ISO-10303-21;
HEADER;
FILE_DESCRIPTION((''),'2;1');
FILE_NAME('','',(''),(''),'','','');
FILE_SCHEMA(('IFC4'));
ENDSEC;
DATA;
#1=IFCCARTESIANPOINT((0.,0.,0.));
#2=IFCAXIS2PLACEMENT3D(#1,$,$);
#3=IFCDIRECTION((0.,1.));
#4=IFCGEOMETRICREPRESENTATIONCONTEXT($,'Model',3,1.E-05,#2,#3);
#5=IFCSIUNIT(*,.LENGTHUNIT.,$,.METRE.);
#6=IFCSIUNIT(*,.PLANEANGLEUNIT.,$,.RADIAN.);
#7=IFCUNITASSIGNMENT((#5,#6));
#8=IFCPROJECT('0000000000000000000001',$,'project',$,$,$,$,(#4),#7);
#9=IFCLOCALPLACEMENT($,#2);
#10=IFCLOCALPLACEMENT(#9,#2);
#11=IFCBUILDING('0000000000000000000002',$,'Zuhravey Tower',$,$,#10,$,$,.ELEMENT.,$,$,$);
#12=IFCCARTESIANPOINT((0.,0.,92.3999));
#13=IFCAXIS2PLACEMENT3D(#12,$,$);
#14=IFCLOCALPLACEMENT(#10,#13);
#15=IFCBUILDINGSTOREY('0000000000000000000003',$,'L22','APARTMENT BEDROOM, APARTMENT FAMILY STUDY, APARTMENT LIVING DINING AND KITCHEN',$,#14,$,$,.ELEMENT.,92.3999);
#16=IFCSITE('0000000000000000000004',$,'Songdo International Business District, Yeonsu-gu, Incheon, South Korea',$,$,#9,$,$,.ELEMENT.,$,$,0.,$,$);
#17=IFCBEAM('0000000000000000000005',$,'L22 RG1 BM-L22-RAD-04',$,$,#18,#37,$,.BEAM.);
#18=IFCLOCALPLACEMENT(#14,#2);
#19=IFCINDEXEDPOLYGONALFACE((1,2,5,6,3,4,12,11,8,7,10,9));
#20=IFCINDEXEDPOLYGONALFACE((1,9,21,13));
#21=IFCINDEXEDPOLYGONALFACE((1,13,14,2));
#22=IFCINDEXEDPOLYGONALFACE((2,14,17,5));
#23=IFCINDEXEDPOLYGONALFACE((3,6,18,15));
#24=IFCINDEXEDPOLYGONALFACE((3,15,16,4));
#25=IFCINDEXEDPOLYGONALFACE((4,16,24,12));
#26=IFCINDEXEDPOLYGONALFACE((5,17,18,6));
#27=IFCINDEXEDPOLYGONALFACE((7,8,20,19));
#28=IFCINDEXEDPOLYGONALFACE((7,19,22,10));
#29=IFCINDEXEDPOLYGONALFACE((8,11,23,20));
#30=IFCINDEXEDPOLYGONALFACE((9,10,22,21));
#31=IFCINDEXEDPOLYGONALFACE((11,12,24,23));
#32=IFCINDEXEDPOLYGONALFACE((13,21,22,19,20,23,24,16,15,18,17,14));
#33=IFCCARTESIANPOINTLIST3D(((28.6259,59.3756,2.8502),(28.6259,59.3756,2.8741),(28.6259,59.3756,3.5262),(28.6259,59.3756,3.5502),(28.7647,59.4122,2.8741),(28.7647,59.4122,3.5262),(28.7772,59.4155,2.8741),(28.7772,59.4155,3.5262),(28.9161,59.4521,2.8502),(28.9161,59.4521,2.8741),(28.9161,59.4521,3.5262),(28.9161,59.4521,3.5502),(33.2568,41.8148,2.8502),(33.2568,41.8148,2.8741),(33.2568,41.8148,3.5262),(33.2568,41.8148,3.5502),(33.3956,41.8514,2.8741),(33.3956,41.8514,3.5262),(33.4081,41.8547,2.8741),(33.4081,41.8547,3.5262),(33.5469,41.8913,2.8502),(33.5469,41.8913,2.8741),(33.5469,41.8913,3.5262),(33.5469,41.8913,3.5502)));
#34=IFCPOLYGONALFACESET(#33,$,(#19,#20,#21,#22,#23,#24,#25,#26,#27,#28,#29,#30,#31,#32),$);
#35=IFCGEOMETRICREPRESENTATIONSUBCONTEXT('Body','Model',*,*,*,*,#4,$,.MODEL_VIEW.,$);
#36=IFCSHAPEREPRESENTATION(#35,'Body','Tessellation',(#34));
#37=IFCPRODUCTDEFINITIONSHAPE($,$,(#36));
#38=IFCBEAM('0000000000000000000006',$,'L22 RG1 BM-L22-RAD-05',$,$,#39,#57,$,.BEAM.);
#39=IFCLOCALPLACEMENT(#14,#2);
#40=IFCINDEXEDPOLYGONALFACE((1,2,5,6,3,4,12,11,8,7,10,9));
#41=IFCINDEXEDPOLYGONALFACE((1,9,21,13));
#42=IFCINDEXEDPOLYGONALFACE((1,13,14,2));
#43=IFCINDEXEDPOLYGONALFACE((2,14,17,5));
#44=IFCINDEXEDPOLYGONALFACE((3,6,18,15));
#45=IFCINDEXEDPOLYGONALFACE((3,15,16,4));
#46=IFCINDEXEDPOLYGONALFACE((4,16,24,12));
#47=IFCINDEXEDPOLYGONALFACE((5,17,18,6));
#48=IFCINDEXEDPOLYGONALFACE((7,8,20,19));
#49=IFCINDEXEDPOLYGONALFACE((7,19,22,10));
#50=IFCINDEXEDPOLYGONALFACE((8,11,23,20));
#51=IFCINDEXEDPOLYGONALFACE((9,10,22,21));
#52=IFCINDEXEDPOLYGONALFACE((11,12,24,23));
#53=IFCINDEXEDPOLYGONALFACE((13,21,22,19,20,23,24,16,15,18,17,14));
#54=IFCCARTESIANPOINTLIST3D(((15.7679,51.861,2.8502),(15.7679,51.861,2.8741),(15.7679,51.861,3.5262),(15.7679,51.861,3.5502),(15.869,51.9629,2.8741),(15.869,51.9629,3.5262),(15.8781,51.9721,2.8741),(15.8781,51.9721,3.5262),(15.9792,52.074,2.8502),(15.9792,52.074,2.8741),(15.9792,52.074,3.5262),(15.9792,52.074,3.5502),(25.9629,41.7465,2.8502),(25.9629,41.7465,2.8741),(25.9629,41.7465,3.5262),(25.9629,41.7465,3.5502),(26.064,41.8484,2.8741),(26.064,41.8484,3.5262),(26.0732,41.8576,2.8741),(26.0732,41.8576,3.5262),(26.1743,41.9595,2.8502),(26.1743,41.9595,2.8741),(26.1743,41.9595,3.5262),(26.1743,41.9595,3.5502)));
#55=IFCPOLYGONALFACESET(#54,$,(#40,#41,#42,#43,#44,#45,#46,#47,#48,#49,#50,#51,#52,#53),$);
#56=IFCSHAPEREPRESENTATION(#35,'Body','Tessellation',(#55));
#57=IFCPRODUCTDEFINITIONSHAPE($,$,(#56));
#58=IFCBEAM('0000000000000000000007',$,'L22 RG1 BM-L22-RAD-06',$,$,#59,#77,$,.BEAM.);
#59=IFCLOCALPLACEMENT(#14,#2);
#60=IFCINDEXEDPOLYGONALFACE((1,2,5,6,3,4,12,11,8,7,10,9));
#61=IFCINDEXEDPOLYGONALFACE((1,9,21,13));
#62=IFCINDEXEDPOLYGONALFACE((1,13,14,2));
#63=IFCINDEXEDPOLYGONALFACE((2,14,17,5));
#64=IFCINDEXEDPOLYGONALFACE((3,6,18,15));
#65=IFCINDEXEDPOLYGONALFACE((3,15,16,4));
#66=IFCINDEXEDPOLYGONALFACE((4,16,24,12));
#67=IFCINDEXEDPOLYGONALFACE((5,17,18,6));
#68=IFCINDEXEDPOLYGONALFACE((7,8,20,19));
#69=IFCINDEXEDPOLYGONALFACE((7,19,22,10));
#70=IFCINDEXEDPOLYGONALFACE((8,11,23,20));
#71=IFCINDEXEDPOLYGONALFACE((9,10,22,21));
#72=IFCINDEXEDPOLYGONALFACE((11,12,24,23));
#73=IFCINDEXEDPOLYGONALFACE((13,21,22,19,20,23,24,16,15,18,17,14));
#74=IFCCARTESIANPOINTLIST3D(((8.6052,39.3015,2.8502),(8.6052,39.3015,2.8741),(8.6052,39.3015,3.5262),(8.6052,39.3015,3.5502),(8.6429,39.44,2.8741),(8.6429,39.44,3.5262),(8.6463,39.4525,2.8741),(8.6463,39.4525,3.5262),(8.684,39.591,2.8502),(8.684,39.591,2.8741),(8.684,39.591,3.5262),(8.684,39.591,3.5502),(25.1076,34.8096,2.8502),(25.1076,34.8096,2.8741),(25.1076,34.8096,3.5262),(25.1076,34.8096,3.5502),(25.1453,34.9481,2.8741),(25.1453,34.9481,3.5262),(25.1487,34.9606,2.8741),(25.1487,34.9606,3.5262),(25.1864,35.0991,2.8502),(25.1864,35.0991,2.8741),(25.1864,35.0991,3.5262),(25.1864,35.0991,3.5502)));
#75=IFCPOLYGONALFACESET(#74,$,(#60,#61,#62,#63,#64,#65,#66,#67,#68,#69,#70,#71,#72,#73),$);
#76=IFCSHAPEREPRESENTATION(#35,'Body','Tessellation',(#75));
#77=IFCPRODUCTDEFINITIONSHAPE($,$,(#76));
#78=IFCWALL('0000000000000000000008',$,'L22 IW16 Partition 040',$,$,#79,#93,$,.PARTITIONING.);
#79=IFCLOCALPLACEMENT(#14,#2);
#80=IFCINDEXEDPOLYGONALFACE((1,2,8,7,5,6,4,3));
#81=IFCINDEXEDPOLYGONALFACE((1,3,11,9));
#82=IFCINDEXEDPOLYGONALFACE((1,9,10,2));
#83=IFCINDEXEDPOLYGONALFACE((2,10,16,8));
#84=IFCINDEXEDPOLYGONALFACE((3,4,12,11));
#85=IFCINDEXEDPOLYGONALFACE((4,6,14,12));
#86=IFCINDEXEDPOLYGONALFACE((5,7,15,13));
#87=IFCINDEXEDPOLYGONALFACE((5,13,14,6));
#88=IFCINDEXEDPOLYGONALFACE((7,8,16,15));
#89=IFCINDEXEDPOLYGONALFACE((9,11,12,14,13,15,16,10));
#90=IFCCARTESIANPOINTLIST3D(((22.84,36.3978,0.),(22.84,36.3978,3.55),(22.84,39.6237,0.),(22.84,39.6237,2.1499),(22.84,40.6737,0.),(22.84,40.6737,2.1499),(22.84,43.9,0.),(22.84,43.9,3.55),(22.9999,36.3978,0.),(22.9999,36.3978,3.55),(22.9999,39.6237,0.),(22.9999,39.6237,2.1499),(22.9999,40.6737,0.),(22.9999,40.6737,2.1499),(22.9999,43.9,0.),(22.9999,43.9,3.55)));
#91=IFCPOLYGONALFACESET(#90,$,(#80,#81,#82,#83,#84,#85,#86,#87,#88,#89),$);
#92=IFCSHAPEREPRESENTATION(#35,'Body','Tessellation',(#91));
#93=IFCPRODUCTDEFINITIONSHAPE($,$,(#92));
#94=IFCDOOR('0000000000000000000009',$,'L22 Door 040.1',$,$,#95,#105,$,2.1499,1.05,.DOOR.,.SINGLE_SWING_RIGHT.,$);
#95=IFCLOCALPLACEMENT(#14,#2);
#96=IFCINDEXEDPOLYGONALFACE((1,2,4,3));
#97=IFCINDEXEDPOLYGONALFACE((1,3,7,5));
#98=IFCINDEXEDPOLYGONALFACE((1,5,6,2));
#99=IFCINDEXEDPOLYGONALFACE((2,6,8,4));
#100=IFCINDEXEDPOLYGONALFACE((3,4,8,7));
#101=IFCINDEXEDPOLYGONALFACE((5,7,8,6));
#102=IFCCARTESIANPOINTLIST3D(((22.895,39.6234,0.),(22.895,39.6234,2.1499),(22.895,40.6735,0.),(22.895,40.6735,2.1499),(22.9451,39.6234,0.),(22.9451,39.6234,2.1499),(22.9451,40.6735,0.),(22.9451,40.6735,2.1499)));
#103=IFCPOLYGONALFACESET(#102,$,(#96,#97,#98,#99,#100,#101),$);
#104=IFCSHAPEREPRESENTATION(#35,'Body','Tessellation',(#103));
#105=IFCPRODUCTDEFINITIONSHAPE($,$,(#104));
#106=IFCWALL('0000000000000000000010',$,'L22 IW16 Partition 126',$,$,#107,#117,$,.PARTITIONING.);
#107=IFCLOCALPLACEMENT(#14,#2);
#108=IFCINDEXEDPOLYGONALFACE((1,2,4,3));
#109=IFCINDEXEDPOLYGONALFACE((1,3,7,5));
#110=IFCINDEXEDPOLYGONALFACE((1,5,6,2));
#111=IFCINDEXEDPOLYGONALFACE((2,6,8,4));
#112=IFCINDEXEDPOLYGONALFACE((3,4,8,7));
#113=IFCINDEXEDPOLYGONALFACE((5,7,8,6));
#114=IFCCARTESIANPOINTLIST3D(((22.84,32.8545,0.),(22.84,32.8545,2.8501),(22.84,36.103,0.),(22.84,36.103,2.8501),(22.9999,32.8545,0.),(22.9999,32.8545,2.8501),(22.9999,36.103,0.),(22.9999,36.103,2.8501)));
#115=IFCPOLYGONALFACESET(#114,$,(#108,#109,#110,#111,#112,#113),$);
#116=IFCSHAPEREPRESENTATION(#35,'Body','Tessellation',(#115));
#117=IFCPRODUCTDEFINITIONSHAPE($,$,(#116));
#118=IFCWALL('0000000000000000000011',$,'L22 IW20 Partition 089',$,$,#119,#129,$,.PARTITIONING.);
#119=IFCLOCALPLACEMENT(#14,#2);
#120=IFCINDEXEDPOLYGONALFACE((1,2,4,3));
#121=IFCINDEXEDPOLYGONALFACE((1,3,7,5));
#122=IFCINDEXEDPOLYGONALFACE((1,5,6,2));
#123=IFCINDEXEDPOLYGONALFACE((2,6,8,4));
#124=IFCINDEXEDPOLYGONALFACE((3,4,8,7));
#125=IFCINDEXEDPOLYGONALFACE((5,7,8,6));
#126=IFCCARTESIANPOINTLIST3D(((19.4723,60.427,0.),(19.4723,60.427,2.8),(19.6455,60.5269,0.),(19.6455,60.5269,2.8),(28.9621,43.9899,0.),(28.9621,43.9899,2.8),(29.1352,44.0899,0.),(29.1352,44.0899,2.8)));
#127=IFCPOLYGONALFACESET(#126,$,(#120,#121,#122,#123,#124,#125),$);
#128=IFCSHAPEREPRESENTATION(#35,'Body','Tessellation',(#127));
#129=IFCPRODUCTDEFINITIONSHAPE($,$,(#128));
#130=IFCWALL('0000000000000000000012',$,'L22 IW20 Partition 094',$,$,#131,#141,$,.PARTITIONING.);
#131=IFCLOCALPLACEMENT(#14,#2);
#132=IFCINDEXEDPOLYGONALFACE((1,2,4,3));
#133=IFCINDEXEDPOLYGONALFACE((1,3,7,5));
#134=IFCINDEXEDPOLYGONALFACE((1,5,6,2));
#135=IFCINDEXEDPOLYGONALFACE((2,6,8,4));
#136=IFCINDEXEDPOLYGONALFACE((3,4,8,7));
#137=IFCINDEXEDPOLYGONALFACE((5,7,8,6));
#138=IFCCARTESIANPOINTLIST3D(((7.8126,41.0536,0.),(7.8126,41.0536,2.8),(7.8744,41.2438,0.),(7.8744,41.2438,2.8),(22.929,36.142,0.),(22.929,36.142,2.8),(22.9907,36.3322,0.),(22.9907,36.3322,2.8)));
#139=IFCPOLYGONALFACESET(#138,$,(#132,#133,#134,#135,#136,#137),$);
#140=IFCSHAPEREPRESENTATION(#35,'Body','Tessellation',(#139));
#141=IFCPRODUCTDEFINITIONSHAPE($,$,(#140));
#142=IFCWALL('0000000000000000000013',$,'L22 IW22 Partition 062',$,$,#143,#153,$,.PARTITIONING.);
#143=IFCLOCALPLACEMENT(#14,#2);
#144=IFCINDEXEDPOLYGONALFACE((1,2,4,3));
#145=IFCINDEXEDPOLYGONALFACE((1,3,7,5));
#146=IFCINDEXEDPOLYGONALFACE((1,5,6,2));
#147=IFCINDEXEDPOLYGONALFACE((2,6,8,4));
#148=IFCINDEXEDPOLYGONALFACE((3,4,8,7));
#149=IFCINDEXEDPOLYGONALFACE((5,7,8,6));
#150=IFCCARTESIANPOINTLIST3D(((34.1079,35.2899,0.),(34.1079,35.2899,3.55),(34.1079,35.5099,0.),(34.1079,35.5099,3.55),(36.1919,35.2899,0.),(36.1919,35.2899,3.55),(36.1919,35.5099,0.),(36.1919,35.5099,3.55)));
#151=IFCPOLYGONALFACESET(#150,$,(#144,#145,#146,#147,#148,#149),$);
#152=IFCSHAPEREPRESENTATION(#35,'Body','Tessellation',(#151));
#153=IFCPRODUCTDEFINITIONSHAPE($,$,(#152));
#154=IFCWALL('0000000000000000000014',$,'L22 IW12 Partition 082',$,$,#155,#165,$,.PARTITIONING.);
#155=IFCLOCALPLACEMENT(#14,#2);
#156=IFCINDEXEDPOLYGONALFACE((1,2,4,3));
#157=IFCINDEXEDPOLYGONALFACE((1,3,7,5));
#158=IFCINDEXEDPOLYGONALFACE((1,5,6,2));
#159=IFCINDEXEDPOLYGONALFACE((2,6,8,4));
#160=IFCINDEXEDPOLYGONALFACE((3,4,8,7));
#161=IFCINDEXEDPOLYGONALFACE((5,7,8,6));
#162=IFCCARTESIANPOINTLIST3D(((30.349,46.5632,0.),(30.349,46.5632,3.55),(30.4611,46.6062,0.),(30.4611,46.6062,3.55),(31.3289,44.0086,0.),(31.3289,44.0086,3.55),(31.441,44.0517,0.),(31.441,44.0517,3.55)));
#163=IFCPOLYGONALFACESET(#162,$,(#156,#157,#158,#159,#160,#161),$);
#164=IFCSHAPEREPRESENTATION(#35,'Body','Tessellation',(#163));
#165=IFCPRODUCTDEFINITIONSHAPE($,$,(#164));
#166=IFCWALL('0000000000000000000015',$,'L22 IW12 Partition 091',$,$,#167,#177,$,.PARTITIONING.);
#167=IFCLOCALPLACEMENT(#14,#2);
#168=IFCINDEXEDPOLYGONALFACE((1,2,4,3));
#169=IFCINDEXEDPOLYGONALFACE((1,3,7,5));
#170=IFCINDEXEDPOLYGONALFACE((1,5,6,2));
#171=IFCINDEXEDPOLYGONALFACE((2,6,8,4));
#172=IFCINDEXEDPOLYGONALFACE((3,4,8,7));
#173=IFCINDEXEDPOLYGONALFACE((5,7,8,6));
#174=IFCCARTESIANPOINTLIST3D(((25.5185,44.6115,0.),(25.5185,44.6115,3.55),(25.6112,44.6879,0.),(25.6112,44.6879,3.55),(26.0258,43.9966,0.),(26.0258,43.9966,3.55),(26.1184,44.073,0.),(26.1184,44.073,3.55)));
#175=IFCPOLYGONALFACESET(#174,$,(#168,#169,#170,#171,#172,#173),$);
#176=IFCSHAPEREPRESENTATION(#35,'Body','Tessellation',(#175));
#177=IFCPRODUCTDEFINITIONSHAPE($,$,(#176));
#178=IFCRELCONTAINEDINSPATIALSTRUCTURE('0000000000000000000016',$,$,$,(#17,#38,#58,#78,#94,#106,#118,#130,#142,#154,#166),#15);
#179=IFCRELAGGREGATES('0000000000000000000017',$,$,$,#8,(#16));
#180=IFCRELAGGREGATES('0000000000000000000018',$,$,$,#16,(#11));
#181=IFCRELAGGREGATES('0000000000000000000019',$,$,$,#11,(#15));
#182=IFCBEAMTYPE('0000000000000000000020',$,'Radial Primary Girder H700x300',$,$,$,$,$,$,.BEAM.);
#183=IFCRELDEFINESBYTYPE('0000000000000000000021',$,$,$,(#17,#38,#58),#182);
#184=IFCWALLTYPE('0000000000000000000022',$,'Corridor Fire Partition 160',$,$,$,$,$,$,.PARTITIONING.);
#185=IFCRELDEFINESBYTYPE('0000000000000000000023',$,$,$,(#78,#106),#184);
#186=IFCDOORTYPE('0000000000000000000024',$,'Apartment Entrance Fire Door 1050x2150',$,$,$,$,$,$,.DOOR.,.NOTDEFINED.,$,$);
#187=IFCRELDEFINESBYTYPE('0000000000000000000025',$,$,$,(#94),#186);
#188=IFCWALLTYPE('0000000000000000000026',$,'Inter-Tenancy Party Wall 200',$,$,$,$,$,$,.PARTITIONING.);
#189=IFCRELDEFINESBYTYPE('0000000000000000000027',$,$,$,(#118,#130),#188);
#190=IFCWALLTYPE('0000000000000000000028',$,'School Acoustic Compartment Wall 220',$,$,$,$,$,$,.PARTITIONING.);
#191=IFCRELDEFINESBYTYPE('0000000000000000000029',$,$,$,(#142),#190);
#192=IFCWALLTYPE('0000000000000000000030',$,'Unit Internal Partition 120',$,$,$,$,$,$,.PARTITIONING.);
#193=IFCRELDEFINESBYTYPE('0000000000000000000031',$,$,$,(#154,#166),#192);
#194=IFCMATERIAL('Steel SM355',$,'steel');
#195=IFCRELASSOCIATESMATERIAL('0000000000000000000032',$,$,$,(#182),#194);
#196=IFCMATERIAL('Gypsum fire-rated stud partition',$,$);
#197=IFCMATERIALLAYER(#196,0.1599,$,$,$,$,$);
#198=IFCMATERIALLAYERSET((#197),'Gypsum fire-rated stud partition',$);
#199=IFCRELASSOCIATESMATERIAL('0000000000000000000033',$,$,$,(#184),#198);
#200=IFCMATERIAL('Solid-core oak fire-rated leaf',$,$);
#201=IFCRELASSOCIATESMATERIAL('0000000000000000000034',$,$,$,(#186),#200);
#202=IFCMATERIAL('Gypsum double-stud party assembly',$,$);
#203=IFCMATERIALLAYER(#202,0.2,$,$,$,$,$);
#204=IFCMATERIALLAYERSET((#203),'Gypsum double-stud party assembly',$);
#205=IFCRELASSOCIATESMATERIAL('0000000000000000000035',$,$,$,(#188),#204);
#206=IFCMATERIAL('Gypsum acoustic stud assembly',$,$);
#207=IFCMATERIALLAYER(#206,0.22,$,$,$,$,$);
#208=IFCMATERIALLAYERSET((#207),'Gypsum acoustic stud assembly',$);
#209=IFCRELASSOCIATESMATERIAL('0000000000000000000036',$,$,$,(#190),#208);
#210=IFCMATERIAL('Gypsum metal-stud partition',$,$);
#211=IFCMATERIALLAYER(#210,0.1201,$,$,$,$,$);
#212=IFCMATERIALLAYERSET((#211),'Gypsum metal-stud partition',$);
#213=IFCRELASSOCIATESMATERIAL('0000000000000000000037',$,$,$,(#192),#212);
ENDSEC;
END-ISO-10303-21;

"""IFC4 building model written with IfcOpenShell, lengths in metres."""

from ifc_helpers import new_model, si_unit, direction, frame, frame_2d, origin, origin_2d, place, context, subcontext, project, spatial, rectangle, i_section, extrude, material, layer, layer_set, material_profile, profile_set, type_object, element, fill, save


model = new_model("IFC4")

# Units and contexts
model_context = context("Model", 3, precision=1e-05, world=origin(), true_north=direction((0.0, 1.0)))
body_context = subcontext(model_context, "Body", "Model", "MODEL_VIEW")
ifc_project = project(units=[si_unit("LENGTHUNIT", "METRE"), si_unit("PLANEANGLEUNIT", "RADIAN")], contexts=[model_context])

# Site, building, storey
site_placement = place(None, origin())
site = spatial("IfcSite", under=ifc_project, at=site_placement, Name="Songdo International Business District, Yeonsu-gu, Incheon, South Korea", CompositionType="ELEMENT", RefElevation=0.0)
building_placement = place(site_placement, origin())
building = spatial("IfcBuilding", under=site, at=building_placement, Name="Zuhravey Tower", CompositionType="ELEMENT")
storey_placement = place(building_placement, frame((0.0, 0.0, 92.3999)))
storey = spatial("IfcBuildingStorey", under=building, at=storey_placement, Name="L22", Description="APARTMENT BEDROOM, APARTMENT FAMILY STUDY, APARTMENT LIVING DINING AND KITCHEN", CompositionType="ELEMENT", Elevation=92.3999)

# Beams
ifc_material_1 = material(Name="Steel SM355", Category="steel")
ifc_material_profile = material_profile(ifc_material_1, i_section(OverallWidth=0.3, OverallDepth=0.7, WebThickness=0.0129, FlangeThickness=0.0239, at=origin_2d()), Name="H-700x300x13x24")
ifc_profile_set = profile_set([ifc_material_profile], Name="Steel SM355")
beam_type = type_object("IfcBeamType", Name="Radial Primary Girder H700x300", PredefinedType="BEAM", material=ifc_profile_set)
beam_1_placement = place(storey_placement, frame((33.4019, 41.853, 3.2002), z_axis=(-0.254988, 0.966944, 0.0), x_axis=(-0.966944, -0.254988, 0.0)))
element("IfcBeam", 1, at=beam_1_placement, inside=storey, type_object=beam_type, Name="L22 RG1 BM-L22-RAD-04", PredefinedType="BEAM", context=body_context, shape_type="SweptSolid", body=[
    extrude(i_section(OverallWidth=0.3, OverallDepth=0.7, WebThickness=0.0129, FlangeThickness=0.0239, at=origin_2d()), origin(), (0.0, 0.0, 1.0), 18.1611),
])
beam_2_placement = place(storey_placement, frame((26.0686, 41.853, 3.2002), z_axis=(-0.709906, 0.704296, 0.0), x_axis=(-0.704296, -0.709906, 0.0)))
element("IfcBeam", 2, at=beam_2_placement, inside=storey, type_object=beam_type, Name="L22 RG1 BM-L22-RAD-05", PredefinedType="BEAM", context=body_context, shape_type="SweptSolid", body=[
    extrude(i_section(OverallWidth=0.3, OverallDepth=0.7, WebThickness=0.0129, FlangeThickness=0.0239, at=origin_2d()), origin(), (0.0, 0.0, 1.0), 14.3611),
])
beam_3_placement = place(storey_placement, frame((25.147, 34.9543, 3.2002), z_axis=(-0.964893, 0.262643, 0.0), x_axis=(-0.262643, -0.964893, 0.0)))
element("IfcBeam", 3, at=beam_3_placement, inside=storey, type_object=beam_type, Name="L22 RG1 BM-L22-RAD-06", PredefinedType="BEAM", context=body_context, shape_type="SweptSolid", body=[
    extrude(i_section(OverallWidth=0.3, OverallDepth=0.7, WebThickness=0.0129, FlangeThickness=0.0239, at=origin_2d()), origin(), (0.0, 0.0, 1.0), 17.1028),
])

# Wall, opening, door
ifc_material_2 = material(Name="Gypsum fire-rated stud partition")
ifc_layer_1 = layer(ifc_material_2, 0.1599)
ifc_layer_set_1 = layer_set([ifc_layer_1], Name="Gypsum fire-rated stud partition")
wall_type_1 = type_object("IfcWallType", Name="Corridor Fire Partition 160", PredefinedType="PARTITIONING", material=ifc_layer_set_1)
wall_1_placement = place(storey_placement, frame((22.9199, 43.8999, 0.0), z_axis=(0.0, 0.0, 1.0), x_axis=(0.0, -1.0, 0.0)))
wall_1 = element("IfcWall", 4, at=wall_1_placement, inside=storey, type_object=wall_type_1, Name="L22 IW16 Partition 040", PredefinedType="PARTITIONING", context=body_context, shape_type="SweptSolid", body=[
    extrude(rectangle(XDim=7.5022, YDim=0.1599, at=frame_2d((3.751, 0.0))), origin(), (0.0, 0.0, 1.0), 3.55),
])
opening_placement = place(wall_1_placement, frame((3.2263, 0.0, 0.0)))
opening = element("IfcOpeningElement", 5, at=opening_placement, cuts=wall_1, PredefinedType="OPENING", context=body_context, shape_type="SweptSolid", body=[
    extrude(rectangle(XDim=1.05, YDim=2.1499, at=frame_2d((0.5249, 1.075))), frame((0.0, 0.092, 0.0), z_axis=(0.0, -1.0, 0.0), x_axis=(1.0, 0.0, 0.0)), (0.0, 0.0, 1.0), 0.1838),
])
ifc_material_3 = material(Name="Solid-core oak fire-rated leaf")
door_type = type_object("IfcDoorType", Name="Apartment Entrance Fire Door 1050x2150", OperationType="NOTDEFINED", PredefinedType="DOOR", material=ifc_material_3)
door_placement = place(opening_placement, frame((1.05, 0.0, 0.0), z_axis=(0.0, 0.0, 1.0), x_axis=(-1.0, 0.0, 0.0)))
door = element("IfcDoor", 6, at=door_placement, inside=storey, type_object=door_type, Name="L22 Door 040.1", OperationType="SINGLE_SWING_RIGHT", OverallHeight=2.1499, OverallWidth=1.05, PredefinedType="DOOR", context=body_context, shape_type="SweptSolid", body=[
    extrude(rectangle(XDim=1.05, YDim=2.1499, at=frame_2d((0.5249, 1.075))), frame((0.0, 0.0249, 0.0), z_axis=(0.0, -1.0, 0.0), x_axis=(1.0, 0.0, 0.0)), (0.0, 0.0, 1.0), 0.05),
])
fill(opening, door)

# Walls
wall_2_placement = place(storey_placement, frame((22.9199, 36.103, 0.0), z_axis=(0.0, 0.0, 1.0), x_axis=(0.0, -1.0, 0.0)))
element("IfcWall", 7, at=wall_2_placement, inside=storey, type_object=wall_type_1, Name="L22 IW16 Partition 126", PredefinedType="PARTITIONING", context=body_context, shape_type="SweptSolid", body=[
    extrude(rectangle(XDim=3.2485, YDim=0.1599, at=frame_2d((1.6243, 0.0))), origin(), (0.0, 0.0, 1.0), 2.8501),
])
ifc_material_4 = material(Name="Gypsum double-stud party assembly")
ifc_layer_2 = layer(ifc_material_4, 0.2)
ifc_layer_set_2 = layer_set([ifc_layer_2], Name="Gypsum double-stud party assembly")
wall_type_2 = type_object("IfcWallType", Name="Inter-Tenancy Party Wall 200", PredefinedType="PARTITIONING", material=ifc_layer_set_2)
wall_3_placement = place(storey_placement, frame((29.0486, 44.04, 0.0), z_axis=(0.0, 0.0, 1.0), x_axis=(-0.499993, 0.866029, 0.0)))
element("IfcWall", 8, at=wall_3_placement, inside=storey, type_object=wall_type_2, Name="L22 IW20 Partition 089", PredefinedType="PARTITIONING", context=body_context, shape_type="SweptSolid", body=[
    extrude(rectangle(XDim=18.9797, YDim=0.2, at=frame_2d((9.4897, 0.0))), origin(), (0.0, 0.0, 1.0), 2.8),
])
wall_4_placement = place(storey_placement, frame((22.96, 36.2371, 0.0), z_axis=(0.0, 0.0, 1.0), x_axis=(-0.951057, 0.309016, 0.0)))
element("IfcWall", 9, at=wall_4_placement, inside=storey, type_object=wall_type_2, Name="L22 IW20 Partition 094", PredefinedType="PARTITIONING", context=body_context, shape_type="SweptSolid", body=[
    extrude(rectangle(XDim=15.8943, YDim=0.2, at=frame_2d((7.9473, 0.0))), origin(), (0.0, 0.0, 1.0), 2.8),
])
ifc_material_5 = material(Name="Gypsum acoustic stud assembly")
ifc_layer_3 = layer(ifc_material_5, 0.22)
ifc_layer_set_3 = layer_set([ifc_layer_3], Name="Gypsum acoustic stud assembly")
wall_type_3 = type_object("IfcWallType", Name="School Acoustic Compartment Wall 220", PredefinedType="PARTITIONING", material=ifc_layer_set_3)
wall_5_placement = place(storey_placement, frame((34.1079, 35.3999, 0.0), z_axis=(0.0, 0.0, 1.0), x_axis=(1.0, 0.0, 0.0)))
element("IfcWall", 10, at=wall_5_placement, inside=storey, type_object=wall_type_3, Name="L22 IW22 Partition 062", PredefinedType="PARTITIONING", context=body_context, shape_type="SweptSolid", body=[
    extrude(rectangle(XDim=2.084, YDim=0.22, at=frame_2d((1.042, 0.0))), origin(), (0.0, 0.0, 1.0), 3.55),
])
ifc_material_6 = material(Name="Gypsum metal-stud partition")
ifc_layer_4 = layer(ifc_material_6, 0.1201)
ifc_layer_set_4 = layer_set([ifc_layer_4], Name="Gypsum metal-stud partition")
wall_type_4 = type_object("IfcWallType", Name="Unit Internal Partition 120", PredefinedType="PARTITIONING", material=ifc_layer_set_4)
wall_6_placement = place(storey_placement, frame((31.385, 44.03, 0.0), z_axis=(0.0, 0.0, 1.0), x_axis=(-0.358154, 0.933663, 0.0)))
element("IfcWall", 11, at=wall_6_placement, inside=storey, type_object=wall_type_4, Name="L22 IW12 Partition 082", PredefinedType="PARTITIONING", context=body_context, shape_type="SweptSolid", body=[
    extrude(rectangle(XDim=2.7361, YDim=0.1201, at=frame_2d((1.3682, 0.0))), origin(), (0.0, 0.0, 1.0), 3.55),
])
wall_7_placement = place(storey_placement, frame((26.072, 44.0349, 0.0), z_axis=(0.0, 0.0, 1.0), x_axis=(-0.636351, 0.7714, 0.0)))
element("IfcWall", 12, at=wall_7_placement, inside=storey, type_object=wall_type_4, Name="L22 IW12 Partition 091", PredefinedType="PARTITIONING", context=body_context, shape_type="SweptSolid", body=[
    extrude(rectangle(XDim=0.7971, YDim=0.1201, at=frame_2d((0.3984, 0.0))), origin(), (0.0, 0.0, 1.0), 3.55),
])

save(model, "model.ifc")
